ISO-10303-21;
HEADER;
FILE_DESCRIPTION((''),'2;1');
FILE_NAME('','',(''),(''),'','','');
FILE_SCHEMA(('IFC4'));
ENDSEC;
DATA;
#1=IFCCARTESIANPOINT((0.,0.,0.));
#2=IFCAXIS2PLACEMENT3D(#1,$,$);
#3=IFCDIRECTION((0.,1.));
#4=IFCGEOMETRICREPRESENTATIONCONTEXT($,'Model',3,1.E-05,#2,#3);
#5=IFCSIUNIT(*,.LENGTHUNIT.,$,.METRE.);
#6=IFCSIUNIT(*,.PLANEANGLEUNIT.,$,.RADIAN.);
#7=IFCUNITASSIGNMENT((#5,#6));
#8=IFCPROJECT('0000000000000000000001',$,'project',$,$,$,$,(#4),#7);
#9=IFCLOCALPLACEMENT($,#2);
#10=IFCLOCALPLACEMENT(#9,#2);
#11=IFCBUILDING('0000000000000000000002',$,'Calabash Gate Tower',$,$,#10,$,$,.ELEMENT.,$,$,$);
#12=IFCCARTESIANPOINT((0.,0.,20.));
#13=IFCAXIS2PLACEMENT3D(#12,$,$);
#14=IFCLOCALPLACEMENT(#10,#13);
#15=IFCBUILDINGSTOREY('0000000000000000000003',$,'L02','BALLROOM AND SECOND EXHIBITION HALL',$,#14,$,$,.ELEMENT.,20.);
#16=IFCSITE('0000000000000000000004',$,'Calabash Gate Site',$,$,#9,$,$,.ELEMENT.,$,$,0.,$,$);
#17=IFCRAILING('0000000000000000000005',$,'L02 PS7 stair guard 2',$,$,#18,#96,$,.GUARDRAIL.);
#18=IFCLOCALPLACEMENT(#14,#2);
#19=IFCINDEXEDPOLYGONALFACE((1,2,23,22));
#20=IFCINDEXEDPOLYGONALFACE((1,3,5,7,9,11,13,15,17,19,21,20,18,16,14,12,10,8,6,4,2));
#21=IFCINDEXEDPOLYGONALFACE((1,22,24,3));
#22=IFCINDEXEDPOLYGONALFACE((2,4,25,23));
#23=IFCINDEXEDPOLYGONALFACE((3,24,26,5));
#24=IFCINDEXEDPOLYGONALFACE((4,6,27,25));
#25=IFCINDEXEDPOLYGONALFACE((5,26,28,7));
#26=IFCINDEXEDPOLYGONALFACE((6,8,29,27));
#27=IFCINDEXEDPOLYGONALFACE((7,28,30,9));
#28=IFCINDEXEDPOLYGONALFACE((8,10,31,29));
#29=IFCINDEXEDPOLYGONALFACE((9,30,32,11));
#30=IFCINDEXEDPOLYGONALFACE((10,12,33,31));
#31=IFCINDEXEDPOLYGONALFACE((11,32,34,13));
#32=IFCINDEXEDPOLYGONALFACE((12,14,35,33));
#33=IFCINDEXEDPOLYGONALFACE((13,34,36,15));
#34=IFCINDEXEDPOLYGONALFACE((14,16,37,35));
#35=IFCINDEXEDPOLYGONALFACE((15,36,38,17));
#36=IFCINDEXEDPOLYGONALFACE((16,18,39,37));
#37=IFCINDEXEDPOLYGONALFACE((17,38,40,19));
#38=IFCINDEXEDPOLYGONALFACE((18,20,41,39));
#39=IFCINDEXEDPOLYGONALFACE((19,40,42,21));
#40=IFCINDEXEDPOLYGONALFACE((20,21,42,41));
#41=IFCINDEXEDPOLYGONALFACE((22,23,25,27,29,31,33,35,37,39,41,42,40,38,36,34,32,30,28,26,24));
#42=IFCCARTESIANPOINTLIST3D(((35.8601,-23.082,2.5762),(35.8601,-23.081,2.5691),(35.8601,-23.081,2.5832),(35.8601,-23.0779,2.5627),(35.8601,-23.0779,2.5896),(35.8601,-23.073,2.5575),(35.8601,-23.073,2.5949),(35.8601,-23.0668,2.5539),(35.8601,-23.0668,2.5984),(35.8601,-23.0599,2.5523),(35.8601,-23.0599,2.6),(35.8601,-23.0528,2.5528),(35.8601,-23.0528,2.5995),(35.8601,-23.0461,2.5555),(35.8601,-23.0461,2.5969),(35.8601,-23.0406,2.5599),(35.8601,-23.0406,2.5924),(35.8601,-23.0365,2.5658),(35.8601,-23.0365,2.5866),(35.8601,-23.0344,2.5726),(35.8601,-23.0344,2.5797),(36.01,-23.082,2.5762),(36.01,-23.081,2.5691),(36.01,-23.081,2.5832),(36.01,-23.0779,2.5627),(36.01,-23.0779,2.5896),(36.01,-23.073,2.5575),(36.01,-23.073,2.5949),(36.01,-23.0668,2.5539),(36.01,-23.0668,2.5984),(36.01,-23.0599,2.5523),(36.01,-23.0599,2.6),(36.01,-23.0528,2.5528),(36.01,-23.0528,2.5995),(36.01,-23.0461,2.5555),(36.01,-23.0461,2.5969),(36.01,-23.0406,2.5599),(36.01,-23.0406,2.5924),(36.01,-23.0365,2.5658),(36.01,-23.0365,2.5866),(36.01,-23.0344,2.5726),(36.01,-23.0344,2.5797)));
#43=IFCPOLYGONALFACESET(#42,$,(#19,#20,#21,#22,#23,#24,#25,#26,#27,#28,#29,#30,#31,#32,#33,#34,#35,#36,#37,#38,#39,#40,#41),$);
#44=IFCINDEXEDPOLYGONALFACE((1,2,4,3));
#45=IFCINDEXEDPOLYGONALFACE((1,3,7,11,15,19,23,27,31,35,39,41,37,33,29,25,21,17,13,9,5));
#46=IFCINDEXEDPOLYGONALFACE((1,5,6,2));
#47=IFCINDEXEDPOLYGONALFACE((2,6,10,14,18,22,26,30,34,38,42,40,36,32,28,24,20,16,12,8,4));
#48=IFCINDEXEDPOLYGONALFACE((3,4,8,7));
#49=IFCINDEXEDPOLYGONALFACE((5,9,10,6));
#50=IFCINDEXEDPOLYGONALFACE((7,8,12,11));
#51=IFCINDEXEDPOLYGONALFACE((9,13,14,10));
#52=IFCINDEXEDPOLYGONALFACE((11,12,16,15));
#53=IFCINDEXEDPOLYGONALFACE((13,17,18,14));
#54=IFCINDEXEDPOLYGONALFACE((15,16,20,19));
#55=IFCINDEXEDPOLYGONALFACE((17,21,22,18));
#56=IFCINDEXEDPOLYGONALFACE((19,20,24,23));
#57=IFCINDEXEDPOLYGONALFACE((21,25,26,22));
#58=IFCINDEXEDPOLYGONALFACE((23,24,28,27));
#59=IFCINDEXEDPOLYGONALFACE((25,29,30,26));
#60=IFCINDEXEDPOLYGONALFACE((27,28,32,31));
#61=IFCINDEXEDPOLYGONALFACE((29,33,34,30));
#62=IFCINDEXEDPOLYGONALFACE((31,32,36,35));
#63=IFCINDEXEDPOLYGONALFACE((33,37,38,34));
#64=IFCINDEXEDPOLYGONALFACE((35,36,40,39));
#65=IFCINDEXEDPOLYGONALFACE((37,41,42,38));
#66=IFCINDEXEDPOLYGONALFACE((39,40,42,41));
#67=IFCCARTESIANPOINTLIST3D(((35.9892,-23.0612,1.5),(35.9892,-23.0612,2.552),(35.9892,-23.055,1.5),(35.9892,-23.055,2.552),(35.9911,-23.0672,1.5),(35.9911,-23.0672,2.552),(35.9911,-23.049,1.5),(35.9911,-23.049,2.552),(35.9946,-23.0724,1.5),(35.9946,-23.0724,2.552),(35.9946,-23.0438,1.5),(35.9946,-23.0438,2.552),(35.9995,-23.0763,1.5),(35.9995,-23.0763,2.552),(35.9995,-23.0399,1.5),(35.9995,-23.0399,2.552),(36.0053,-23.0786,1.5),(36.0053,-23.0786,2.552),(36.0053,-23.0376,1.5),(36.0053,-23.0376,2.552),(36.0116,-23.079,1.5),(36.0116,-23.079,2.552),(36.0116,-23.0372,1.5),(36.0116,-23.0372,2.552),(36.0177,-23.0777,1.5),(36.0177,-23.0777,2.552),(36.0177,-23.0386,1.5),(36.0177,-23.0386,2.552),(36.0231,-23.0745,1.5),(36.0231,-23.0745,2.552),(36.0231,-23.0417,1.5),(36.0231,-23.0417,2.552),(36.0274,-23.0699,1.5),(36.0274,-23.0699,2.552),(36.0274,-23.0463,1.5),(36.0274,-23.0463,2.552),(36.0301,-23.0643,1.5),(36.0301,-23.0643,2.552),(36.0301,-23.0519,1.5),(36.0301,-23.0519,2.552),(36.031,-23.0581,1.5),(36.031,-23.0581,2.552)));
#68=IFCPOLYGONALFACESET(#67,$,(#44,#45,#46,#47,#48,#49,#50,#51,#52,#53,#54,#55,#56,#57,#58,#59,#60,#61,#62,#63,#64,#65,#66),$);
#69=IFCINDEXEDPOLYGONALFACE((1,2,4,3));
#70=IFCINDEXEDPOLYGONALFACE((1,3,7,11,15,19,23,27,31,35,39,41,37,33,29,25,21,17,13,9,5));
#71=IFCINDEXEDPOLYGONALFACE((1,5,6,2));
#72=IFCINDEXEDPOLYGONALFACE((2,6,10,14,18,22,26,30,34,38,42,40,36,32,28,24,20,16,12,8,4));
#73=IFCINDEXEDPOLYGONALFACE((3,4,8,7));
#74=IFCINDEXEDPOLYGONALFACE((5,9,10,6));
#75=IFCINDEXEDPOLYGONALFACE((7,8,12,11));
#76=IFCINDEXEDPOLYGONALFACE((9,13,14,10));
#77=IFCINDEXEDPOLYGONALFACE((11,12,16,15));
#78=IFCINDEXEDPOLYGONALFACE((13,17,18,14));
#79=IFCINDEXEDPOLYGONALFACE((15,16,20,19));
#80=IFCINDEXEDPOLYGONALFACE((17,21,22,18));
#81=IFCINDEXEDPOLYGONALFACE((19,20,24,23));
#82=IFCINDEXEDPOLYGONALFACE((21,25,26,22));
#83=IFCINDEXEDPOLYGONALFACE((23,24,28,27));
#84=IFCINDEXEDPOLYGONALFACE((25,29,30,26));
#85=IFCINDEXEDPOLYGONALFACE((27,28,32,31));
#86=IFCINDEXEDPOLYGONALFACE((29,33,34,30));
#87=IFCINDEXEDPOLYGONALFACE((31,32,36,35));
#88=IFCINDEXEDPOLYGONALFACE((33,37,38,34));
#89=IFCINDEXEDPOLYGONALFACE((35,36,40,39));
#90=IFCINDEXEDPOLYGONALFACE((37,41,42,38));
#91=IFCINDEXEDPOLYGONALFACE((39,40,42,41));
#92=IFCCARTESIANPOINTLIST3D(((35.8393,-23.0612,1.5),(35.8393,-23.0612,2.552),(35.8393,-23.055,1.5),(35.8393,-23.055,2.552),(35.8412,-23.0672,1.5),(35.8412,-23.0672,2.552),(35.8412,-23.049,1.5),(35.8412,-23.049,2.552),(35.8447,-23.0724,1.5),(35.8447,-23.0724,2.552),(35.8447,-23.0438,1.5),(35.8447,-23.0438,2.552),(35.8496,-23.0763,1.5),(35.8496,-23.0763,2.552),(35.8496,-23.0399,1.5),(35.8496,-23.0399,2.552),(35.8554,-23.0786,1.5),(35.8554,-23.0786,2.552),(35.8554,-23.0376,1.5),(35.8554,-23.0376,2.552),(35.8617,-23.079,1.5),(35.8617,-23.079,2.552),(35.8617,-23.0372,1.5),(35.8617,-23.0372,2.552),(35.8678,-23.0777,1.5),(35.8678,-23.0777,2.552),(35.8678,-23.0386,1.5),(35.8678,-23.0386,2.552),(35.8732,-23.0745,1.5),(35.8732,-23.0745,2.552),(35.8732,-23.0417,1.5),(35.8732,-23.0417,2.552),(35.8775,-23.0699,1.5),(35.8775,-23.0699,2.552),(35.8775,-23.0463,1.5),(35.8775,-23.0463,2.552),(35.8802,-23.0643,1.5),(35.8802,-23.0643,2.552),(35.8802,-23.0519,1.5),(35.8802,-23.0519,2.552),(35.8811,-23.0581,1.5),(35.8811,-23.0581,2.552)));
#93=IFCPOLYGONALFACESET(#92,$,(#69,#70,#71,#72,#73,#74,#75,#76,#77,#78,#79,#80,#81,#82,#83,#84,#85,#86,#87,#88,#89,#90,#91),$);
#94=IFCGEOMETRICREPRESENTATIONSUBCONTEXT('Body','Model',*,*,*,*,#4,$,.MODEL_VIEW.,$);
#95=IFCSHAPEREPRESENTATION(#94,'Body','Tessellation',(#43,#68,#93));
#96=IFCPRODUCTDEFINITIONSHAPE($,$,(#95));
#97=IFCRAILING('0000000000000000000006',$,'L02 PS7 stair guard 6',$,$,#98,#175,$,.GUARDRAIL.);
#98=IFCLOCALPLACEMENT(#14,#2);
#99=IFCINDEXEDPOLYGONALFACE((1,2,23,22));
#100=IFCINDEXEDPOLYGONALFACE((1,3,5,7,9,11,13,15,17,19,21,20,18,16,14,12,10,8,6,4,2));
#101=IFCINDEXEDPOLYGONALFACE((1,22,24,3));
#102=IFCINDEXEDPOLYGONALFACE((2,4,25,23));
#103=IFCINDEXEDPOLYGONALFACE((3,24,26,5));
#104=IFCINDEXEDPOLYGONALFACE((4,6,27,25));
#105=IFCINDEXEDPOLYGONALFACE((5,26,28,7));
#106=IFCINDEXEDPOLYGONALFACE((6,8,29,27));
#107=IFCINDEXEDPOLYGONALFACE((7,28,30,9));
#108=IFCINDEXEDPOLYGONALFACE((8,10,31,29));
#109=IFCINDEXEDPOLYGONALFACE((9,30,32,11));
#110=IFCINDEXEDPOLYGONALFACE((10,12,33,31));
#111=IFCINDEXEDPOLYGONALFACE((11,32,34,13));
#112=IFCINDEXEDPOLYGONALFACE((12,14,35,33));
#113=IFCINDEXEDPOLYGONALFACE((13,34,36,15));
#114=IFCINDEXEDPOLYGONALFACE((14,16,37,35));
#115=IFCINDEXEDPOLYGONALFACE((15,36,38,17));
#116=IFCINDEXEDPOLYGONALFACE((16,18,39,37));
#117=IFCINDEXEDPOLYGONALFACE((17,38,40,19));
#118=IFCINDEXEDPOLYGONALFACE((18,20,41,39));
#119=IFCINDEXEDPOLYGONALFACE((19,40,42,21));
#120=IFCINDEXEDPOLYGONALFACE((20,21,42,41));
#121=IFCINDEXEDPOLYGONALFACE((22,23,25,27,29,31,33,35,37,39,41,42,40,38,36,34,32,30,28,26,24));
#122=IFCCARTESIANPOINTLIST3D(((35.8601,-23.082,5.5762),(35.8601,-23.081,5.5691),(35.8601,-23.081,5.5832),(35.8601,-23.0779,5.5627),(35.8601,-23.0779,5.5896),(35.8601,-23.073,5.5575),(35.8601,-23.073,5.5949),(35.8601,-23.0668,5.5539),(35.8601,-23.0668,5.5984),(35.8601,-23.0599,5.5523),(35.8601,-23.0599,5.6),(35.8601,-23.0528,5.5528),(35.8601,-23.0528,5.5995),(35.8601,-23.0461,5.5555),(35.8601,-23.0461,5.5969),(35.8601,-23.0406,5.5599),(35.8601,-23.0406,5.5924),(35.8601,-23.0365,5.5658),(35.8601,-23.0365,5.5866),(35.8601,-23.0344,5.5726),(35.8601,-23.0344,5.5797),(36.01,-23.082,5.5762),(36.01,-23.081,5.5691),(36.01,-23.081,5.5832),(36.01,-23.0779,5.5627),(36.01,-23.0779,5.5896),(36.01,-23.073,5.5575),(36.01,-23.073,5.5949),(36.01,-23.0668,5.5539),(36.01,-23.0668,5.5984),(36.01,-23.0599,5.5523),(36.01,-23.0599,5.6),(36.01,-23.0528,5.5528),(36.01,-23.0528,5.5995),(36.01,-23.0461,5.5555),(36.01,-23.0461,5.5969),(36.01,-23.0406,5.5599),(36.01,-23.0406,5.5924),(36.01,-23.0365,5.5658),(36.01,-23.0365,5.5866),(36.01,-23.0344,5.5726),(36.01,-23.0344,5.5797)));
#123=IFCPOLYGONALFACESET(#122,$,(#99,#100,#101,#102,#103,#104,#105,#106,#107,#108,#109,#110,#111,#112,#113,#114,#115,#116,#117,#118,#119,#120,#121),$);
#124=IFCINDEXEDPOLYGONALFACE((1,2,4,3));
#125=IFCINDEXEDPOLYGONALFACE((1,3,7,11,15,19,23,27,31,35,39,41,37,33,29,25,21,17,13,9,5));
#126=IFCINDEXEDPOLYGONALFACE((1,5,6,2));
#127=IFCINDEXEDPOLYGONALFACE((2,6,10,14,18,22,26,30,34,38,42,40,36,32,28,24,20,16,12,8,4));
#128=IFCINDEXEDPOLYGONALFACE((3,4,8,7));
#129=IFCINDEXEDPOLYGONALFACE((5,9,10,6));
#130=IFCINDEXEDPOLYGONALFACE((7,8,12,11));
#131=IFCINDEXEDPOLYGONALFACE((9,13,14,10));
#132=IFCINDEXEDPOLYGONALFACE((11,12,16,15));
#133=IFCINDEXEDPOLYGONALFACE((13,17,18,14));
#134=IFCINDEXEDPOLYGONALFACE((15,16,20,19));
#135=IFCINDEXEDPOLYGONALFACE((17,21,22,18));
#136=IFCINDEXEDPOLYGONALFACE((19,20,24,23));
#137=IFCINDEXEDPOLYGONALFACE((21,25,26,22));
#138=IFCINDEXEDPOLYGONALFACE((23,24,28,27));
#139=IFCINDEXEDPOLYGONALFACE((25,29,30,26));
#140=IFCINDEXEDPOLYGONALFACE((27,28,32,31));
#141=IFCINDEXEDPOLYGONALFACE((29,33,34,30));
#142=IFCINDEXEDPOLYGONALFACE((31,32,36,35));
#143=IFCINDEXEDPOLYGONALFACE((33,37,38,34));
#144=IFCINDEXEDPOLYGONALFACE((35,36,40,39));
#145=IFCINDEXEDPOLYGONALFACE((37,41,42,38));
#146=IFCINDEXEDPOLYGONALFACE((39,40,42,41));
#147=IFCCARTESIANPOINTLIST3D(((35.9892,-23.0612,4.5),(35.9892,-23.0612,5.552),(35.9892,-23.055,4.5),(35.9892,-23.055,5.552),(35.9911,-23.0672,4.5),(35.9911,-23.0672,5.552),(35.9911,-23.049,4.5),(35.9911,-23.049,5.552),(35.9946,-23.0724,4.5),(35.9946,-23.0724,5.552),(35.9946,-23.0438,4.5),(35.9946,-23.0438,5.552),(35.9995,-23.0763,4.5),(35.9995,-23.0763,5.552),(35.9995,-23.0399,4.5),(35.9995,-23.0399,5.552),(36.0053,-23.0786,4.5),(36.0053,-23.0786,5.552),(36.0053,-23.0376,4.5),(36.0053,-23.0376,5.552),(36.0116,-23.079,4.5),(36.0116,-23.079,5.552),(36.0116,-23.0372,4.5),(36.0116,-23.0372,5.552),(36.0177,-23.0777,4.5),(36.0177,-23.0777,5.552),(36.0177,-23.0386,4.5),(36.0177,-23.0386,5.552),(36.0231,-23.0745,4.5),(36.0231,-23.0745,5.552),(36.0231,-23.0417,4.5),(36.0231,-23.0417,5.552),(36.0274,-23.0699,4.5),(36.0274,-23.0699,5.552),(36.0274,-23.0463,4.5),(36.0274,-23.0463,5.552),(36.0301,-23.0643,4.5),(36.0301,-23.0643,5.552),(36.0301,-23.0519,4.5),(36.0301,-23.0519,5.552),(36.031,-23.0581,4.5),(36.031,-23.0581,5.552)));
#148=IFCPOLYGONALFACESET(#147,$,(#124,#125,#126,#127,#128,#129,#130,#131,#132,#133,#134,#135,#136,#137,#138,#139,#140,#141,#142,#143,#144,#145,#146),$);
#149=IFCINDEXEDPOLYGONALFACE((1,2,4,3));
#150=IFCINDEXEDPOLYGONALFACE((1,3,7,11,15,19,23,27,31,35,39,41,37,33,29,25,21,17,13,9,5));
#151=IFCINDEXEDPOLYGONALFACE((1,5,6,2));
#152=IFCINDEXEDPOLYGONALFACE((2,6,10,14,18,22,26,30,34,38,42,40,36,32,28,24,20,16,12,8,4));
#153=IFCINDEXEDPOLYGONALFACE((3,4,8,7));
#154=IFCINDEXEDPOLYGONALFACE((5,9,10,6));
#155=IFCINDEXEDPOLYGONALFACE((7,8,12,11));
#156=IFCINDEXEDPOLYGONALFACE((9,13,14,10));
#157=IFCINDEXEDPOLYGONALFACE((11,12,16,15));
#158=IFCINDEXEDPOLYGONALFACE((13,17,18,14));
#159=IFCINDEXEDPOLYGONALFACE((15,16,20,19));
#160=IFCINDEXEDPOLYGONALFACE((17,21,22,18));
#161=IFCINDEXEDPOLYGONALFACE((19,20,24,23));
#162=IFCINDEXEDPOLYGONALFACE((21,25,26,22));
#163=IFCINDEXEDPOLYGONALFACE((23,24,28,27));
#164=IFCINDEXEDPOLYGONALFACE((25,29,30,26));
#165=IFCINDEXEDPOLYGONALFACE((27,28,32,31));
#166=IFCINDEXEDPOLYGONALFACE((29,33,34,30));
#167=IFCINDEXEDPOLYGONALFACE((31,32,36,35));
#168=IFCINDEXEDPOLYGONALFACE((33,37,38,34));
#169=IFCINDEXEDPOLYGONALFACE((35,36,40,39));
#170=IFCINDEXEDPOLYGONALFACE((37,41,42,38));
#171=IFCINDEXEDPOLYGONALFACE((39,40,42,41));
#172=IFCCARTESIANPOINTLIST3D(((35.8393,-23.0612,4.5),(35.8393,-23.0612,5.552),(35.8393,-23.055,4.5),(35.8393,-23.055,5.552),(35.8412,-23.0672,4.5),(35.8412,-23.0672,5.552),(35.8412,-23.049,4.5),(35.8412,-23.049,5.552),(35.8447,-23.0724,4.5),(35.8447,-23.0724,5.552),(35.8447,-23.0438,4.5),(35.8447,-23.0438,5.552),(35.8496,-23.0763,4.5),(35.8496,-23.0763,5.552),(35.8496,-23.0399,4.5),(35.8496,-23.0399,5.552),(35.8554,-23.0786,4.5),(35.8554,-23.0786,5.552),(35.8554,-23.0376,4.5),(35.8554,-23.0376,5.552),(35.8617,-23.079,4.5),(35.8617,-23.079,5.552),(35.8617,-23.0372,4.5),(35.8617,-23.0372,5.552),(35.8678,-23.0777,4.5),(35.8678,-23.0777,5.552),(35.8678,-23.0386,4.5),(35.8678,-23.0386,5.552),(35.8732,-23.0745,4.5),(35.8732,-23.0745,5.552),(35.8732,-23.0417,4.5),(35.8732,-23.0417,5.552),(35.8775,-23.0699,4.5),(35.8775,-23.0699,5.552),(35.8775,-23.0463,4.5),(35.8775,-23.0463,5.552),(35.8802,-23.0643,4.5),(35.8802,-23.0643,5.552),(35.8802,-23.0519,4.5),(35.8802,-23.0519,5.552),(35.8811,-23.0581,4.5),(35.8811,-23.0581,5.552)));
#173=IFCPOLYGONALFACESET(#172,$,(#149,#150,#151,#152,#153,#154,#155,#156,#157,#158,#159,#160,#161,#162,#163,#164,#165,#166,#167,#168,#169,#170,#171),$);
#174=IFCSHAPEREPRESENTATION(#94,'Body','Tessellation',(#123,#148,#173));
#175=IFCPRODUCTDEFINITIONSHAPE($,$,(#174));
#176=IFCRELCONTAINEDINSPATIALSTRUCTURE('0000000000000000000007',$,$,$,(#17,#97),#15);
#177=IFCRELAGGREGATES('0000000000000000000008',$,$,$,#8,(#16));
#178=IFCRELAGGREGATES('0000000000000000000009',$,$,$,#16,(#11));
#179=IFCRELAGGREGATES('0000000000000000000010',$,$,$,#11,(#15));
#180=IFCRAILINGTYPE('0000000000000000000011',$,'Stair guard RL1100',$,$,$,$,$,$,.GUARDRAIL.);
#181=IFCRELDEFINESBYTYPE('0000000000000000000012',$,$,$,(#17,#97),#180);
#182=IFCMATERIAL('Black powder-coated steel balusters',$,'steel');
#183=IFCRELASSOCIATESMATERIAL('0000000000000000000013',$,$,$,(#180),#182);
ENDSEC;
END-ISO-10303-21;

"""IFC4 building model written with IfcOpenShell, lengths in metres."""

from ifc_helpers import new_model, si_unit, direction, frame, origin, origin_2d, place, context, subcontext, project, spatial, circle, extrude, material, type_object, element, save


model = new_model("IFC4")

# Units and contexts
model_context = context("Model", 3, precision=1e-05, world=origin(), true_north=direction((0.0, 1.0)))
body_context = subcontext(model_context, "Body", "Model", "MODEL_VIEW")
ifc_project = project(units=[si_unit("LENGTHUNIT", "METRE"), si_unit("PLANEANGLEUNIT", "RADIAN")], contexts=[model_context])

# Site, building, storey
site_placement = place(None, origin())
site = spatial("IfcSite", under=ifc_project, at=site_placement, Name="Calabash Gate Site", CompositionType="ELEMENT", RefElevation=0.0)
building_placement = place(site_placement, origin())
building = spatial("IfcBuilding", under=site, at=building_placement, Name="Calabash Gate Tower", CompositionType="ELEMENT")
storey_placement = place(building_placement, frame((0.0, 0.0, 20.0)))
storey = spatial("IfcBuildingStorey", under=building, at=storey_placement, Name="L02", Description="BALLROOM AND SECOND EXHIBITION HALL", CompositionType="ELEMENT", Elevation=20.0)

# Railings
ifc_material_1 = material(Name="Black powder-coated steel balusters", Category="steel")
railing_type_1 = type_object("IfcRailingType", Name="Stair guard RL1100", PredefinedType="GUARDRAIL", material=ifc_material_1)
for number, where, name in (
    (1, (36.01, -23.0581, 1.5), "L02 PS7 stair guard 2"),
    (2, (36.01, -23.0581, 4.5), "L02 PS7 stair guard 6"),
):
    element("IfcRailing", number, at=place(storey_placement, frame(where)), inside=storey, type_object=railing_type_1, Name=name, PredefinedType="GUARDRAIL", context=body_context, shape_type="SweptSolid", body=[
        extrude(circle(Radius=0.0239, at=origin_2d()), frame((0.0, 0.0, 1.0762), z_axis=(-1.0, 0.0, 0.0), x_axis=(0.0, -1.0, 0.0)), (0.0, 0.0, 1.0), 0.1499),
        extrude(circle(Radius=0.021, at=origin_2d()), origin(), (0.0, 0.0, 1.0), 1.052),
        extrude(circle(Radius=0.021, at=origin_2d()), frame((-0.1499, 0.0, 0.0)), (0.0, 0.0, 1.0), 1.052),
    ])

save(model, "model.ifc")
